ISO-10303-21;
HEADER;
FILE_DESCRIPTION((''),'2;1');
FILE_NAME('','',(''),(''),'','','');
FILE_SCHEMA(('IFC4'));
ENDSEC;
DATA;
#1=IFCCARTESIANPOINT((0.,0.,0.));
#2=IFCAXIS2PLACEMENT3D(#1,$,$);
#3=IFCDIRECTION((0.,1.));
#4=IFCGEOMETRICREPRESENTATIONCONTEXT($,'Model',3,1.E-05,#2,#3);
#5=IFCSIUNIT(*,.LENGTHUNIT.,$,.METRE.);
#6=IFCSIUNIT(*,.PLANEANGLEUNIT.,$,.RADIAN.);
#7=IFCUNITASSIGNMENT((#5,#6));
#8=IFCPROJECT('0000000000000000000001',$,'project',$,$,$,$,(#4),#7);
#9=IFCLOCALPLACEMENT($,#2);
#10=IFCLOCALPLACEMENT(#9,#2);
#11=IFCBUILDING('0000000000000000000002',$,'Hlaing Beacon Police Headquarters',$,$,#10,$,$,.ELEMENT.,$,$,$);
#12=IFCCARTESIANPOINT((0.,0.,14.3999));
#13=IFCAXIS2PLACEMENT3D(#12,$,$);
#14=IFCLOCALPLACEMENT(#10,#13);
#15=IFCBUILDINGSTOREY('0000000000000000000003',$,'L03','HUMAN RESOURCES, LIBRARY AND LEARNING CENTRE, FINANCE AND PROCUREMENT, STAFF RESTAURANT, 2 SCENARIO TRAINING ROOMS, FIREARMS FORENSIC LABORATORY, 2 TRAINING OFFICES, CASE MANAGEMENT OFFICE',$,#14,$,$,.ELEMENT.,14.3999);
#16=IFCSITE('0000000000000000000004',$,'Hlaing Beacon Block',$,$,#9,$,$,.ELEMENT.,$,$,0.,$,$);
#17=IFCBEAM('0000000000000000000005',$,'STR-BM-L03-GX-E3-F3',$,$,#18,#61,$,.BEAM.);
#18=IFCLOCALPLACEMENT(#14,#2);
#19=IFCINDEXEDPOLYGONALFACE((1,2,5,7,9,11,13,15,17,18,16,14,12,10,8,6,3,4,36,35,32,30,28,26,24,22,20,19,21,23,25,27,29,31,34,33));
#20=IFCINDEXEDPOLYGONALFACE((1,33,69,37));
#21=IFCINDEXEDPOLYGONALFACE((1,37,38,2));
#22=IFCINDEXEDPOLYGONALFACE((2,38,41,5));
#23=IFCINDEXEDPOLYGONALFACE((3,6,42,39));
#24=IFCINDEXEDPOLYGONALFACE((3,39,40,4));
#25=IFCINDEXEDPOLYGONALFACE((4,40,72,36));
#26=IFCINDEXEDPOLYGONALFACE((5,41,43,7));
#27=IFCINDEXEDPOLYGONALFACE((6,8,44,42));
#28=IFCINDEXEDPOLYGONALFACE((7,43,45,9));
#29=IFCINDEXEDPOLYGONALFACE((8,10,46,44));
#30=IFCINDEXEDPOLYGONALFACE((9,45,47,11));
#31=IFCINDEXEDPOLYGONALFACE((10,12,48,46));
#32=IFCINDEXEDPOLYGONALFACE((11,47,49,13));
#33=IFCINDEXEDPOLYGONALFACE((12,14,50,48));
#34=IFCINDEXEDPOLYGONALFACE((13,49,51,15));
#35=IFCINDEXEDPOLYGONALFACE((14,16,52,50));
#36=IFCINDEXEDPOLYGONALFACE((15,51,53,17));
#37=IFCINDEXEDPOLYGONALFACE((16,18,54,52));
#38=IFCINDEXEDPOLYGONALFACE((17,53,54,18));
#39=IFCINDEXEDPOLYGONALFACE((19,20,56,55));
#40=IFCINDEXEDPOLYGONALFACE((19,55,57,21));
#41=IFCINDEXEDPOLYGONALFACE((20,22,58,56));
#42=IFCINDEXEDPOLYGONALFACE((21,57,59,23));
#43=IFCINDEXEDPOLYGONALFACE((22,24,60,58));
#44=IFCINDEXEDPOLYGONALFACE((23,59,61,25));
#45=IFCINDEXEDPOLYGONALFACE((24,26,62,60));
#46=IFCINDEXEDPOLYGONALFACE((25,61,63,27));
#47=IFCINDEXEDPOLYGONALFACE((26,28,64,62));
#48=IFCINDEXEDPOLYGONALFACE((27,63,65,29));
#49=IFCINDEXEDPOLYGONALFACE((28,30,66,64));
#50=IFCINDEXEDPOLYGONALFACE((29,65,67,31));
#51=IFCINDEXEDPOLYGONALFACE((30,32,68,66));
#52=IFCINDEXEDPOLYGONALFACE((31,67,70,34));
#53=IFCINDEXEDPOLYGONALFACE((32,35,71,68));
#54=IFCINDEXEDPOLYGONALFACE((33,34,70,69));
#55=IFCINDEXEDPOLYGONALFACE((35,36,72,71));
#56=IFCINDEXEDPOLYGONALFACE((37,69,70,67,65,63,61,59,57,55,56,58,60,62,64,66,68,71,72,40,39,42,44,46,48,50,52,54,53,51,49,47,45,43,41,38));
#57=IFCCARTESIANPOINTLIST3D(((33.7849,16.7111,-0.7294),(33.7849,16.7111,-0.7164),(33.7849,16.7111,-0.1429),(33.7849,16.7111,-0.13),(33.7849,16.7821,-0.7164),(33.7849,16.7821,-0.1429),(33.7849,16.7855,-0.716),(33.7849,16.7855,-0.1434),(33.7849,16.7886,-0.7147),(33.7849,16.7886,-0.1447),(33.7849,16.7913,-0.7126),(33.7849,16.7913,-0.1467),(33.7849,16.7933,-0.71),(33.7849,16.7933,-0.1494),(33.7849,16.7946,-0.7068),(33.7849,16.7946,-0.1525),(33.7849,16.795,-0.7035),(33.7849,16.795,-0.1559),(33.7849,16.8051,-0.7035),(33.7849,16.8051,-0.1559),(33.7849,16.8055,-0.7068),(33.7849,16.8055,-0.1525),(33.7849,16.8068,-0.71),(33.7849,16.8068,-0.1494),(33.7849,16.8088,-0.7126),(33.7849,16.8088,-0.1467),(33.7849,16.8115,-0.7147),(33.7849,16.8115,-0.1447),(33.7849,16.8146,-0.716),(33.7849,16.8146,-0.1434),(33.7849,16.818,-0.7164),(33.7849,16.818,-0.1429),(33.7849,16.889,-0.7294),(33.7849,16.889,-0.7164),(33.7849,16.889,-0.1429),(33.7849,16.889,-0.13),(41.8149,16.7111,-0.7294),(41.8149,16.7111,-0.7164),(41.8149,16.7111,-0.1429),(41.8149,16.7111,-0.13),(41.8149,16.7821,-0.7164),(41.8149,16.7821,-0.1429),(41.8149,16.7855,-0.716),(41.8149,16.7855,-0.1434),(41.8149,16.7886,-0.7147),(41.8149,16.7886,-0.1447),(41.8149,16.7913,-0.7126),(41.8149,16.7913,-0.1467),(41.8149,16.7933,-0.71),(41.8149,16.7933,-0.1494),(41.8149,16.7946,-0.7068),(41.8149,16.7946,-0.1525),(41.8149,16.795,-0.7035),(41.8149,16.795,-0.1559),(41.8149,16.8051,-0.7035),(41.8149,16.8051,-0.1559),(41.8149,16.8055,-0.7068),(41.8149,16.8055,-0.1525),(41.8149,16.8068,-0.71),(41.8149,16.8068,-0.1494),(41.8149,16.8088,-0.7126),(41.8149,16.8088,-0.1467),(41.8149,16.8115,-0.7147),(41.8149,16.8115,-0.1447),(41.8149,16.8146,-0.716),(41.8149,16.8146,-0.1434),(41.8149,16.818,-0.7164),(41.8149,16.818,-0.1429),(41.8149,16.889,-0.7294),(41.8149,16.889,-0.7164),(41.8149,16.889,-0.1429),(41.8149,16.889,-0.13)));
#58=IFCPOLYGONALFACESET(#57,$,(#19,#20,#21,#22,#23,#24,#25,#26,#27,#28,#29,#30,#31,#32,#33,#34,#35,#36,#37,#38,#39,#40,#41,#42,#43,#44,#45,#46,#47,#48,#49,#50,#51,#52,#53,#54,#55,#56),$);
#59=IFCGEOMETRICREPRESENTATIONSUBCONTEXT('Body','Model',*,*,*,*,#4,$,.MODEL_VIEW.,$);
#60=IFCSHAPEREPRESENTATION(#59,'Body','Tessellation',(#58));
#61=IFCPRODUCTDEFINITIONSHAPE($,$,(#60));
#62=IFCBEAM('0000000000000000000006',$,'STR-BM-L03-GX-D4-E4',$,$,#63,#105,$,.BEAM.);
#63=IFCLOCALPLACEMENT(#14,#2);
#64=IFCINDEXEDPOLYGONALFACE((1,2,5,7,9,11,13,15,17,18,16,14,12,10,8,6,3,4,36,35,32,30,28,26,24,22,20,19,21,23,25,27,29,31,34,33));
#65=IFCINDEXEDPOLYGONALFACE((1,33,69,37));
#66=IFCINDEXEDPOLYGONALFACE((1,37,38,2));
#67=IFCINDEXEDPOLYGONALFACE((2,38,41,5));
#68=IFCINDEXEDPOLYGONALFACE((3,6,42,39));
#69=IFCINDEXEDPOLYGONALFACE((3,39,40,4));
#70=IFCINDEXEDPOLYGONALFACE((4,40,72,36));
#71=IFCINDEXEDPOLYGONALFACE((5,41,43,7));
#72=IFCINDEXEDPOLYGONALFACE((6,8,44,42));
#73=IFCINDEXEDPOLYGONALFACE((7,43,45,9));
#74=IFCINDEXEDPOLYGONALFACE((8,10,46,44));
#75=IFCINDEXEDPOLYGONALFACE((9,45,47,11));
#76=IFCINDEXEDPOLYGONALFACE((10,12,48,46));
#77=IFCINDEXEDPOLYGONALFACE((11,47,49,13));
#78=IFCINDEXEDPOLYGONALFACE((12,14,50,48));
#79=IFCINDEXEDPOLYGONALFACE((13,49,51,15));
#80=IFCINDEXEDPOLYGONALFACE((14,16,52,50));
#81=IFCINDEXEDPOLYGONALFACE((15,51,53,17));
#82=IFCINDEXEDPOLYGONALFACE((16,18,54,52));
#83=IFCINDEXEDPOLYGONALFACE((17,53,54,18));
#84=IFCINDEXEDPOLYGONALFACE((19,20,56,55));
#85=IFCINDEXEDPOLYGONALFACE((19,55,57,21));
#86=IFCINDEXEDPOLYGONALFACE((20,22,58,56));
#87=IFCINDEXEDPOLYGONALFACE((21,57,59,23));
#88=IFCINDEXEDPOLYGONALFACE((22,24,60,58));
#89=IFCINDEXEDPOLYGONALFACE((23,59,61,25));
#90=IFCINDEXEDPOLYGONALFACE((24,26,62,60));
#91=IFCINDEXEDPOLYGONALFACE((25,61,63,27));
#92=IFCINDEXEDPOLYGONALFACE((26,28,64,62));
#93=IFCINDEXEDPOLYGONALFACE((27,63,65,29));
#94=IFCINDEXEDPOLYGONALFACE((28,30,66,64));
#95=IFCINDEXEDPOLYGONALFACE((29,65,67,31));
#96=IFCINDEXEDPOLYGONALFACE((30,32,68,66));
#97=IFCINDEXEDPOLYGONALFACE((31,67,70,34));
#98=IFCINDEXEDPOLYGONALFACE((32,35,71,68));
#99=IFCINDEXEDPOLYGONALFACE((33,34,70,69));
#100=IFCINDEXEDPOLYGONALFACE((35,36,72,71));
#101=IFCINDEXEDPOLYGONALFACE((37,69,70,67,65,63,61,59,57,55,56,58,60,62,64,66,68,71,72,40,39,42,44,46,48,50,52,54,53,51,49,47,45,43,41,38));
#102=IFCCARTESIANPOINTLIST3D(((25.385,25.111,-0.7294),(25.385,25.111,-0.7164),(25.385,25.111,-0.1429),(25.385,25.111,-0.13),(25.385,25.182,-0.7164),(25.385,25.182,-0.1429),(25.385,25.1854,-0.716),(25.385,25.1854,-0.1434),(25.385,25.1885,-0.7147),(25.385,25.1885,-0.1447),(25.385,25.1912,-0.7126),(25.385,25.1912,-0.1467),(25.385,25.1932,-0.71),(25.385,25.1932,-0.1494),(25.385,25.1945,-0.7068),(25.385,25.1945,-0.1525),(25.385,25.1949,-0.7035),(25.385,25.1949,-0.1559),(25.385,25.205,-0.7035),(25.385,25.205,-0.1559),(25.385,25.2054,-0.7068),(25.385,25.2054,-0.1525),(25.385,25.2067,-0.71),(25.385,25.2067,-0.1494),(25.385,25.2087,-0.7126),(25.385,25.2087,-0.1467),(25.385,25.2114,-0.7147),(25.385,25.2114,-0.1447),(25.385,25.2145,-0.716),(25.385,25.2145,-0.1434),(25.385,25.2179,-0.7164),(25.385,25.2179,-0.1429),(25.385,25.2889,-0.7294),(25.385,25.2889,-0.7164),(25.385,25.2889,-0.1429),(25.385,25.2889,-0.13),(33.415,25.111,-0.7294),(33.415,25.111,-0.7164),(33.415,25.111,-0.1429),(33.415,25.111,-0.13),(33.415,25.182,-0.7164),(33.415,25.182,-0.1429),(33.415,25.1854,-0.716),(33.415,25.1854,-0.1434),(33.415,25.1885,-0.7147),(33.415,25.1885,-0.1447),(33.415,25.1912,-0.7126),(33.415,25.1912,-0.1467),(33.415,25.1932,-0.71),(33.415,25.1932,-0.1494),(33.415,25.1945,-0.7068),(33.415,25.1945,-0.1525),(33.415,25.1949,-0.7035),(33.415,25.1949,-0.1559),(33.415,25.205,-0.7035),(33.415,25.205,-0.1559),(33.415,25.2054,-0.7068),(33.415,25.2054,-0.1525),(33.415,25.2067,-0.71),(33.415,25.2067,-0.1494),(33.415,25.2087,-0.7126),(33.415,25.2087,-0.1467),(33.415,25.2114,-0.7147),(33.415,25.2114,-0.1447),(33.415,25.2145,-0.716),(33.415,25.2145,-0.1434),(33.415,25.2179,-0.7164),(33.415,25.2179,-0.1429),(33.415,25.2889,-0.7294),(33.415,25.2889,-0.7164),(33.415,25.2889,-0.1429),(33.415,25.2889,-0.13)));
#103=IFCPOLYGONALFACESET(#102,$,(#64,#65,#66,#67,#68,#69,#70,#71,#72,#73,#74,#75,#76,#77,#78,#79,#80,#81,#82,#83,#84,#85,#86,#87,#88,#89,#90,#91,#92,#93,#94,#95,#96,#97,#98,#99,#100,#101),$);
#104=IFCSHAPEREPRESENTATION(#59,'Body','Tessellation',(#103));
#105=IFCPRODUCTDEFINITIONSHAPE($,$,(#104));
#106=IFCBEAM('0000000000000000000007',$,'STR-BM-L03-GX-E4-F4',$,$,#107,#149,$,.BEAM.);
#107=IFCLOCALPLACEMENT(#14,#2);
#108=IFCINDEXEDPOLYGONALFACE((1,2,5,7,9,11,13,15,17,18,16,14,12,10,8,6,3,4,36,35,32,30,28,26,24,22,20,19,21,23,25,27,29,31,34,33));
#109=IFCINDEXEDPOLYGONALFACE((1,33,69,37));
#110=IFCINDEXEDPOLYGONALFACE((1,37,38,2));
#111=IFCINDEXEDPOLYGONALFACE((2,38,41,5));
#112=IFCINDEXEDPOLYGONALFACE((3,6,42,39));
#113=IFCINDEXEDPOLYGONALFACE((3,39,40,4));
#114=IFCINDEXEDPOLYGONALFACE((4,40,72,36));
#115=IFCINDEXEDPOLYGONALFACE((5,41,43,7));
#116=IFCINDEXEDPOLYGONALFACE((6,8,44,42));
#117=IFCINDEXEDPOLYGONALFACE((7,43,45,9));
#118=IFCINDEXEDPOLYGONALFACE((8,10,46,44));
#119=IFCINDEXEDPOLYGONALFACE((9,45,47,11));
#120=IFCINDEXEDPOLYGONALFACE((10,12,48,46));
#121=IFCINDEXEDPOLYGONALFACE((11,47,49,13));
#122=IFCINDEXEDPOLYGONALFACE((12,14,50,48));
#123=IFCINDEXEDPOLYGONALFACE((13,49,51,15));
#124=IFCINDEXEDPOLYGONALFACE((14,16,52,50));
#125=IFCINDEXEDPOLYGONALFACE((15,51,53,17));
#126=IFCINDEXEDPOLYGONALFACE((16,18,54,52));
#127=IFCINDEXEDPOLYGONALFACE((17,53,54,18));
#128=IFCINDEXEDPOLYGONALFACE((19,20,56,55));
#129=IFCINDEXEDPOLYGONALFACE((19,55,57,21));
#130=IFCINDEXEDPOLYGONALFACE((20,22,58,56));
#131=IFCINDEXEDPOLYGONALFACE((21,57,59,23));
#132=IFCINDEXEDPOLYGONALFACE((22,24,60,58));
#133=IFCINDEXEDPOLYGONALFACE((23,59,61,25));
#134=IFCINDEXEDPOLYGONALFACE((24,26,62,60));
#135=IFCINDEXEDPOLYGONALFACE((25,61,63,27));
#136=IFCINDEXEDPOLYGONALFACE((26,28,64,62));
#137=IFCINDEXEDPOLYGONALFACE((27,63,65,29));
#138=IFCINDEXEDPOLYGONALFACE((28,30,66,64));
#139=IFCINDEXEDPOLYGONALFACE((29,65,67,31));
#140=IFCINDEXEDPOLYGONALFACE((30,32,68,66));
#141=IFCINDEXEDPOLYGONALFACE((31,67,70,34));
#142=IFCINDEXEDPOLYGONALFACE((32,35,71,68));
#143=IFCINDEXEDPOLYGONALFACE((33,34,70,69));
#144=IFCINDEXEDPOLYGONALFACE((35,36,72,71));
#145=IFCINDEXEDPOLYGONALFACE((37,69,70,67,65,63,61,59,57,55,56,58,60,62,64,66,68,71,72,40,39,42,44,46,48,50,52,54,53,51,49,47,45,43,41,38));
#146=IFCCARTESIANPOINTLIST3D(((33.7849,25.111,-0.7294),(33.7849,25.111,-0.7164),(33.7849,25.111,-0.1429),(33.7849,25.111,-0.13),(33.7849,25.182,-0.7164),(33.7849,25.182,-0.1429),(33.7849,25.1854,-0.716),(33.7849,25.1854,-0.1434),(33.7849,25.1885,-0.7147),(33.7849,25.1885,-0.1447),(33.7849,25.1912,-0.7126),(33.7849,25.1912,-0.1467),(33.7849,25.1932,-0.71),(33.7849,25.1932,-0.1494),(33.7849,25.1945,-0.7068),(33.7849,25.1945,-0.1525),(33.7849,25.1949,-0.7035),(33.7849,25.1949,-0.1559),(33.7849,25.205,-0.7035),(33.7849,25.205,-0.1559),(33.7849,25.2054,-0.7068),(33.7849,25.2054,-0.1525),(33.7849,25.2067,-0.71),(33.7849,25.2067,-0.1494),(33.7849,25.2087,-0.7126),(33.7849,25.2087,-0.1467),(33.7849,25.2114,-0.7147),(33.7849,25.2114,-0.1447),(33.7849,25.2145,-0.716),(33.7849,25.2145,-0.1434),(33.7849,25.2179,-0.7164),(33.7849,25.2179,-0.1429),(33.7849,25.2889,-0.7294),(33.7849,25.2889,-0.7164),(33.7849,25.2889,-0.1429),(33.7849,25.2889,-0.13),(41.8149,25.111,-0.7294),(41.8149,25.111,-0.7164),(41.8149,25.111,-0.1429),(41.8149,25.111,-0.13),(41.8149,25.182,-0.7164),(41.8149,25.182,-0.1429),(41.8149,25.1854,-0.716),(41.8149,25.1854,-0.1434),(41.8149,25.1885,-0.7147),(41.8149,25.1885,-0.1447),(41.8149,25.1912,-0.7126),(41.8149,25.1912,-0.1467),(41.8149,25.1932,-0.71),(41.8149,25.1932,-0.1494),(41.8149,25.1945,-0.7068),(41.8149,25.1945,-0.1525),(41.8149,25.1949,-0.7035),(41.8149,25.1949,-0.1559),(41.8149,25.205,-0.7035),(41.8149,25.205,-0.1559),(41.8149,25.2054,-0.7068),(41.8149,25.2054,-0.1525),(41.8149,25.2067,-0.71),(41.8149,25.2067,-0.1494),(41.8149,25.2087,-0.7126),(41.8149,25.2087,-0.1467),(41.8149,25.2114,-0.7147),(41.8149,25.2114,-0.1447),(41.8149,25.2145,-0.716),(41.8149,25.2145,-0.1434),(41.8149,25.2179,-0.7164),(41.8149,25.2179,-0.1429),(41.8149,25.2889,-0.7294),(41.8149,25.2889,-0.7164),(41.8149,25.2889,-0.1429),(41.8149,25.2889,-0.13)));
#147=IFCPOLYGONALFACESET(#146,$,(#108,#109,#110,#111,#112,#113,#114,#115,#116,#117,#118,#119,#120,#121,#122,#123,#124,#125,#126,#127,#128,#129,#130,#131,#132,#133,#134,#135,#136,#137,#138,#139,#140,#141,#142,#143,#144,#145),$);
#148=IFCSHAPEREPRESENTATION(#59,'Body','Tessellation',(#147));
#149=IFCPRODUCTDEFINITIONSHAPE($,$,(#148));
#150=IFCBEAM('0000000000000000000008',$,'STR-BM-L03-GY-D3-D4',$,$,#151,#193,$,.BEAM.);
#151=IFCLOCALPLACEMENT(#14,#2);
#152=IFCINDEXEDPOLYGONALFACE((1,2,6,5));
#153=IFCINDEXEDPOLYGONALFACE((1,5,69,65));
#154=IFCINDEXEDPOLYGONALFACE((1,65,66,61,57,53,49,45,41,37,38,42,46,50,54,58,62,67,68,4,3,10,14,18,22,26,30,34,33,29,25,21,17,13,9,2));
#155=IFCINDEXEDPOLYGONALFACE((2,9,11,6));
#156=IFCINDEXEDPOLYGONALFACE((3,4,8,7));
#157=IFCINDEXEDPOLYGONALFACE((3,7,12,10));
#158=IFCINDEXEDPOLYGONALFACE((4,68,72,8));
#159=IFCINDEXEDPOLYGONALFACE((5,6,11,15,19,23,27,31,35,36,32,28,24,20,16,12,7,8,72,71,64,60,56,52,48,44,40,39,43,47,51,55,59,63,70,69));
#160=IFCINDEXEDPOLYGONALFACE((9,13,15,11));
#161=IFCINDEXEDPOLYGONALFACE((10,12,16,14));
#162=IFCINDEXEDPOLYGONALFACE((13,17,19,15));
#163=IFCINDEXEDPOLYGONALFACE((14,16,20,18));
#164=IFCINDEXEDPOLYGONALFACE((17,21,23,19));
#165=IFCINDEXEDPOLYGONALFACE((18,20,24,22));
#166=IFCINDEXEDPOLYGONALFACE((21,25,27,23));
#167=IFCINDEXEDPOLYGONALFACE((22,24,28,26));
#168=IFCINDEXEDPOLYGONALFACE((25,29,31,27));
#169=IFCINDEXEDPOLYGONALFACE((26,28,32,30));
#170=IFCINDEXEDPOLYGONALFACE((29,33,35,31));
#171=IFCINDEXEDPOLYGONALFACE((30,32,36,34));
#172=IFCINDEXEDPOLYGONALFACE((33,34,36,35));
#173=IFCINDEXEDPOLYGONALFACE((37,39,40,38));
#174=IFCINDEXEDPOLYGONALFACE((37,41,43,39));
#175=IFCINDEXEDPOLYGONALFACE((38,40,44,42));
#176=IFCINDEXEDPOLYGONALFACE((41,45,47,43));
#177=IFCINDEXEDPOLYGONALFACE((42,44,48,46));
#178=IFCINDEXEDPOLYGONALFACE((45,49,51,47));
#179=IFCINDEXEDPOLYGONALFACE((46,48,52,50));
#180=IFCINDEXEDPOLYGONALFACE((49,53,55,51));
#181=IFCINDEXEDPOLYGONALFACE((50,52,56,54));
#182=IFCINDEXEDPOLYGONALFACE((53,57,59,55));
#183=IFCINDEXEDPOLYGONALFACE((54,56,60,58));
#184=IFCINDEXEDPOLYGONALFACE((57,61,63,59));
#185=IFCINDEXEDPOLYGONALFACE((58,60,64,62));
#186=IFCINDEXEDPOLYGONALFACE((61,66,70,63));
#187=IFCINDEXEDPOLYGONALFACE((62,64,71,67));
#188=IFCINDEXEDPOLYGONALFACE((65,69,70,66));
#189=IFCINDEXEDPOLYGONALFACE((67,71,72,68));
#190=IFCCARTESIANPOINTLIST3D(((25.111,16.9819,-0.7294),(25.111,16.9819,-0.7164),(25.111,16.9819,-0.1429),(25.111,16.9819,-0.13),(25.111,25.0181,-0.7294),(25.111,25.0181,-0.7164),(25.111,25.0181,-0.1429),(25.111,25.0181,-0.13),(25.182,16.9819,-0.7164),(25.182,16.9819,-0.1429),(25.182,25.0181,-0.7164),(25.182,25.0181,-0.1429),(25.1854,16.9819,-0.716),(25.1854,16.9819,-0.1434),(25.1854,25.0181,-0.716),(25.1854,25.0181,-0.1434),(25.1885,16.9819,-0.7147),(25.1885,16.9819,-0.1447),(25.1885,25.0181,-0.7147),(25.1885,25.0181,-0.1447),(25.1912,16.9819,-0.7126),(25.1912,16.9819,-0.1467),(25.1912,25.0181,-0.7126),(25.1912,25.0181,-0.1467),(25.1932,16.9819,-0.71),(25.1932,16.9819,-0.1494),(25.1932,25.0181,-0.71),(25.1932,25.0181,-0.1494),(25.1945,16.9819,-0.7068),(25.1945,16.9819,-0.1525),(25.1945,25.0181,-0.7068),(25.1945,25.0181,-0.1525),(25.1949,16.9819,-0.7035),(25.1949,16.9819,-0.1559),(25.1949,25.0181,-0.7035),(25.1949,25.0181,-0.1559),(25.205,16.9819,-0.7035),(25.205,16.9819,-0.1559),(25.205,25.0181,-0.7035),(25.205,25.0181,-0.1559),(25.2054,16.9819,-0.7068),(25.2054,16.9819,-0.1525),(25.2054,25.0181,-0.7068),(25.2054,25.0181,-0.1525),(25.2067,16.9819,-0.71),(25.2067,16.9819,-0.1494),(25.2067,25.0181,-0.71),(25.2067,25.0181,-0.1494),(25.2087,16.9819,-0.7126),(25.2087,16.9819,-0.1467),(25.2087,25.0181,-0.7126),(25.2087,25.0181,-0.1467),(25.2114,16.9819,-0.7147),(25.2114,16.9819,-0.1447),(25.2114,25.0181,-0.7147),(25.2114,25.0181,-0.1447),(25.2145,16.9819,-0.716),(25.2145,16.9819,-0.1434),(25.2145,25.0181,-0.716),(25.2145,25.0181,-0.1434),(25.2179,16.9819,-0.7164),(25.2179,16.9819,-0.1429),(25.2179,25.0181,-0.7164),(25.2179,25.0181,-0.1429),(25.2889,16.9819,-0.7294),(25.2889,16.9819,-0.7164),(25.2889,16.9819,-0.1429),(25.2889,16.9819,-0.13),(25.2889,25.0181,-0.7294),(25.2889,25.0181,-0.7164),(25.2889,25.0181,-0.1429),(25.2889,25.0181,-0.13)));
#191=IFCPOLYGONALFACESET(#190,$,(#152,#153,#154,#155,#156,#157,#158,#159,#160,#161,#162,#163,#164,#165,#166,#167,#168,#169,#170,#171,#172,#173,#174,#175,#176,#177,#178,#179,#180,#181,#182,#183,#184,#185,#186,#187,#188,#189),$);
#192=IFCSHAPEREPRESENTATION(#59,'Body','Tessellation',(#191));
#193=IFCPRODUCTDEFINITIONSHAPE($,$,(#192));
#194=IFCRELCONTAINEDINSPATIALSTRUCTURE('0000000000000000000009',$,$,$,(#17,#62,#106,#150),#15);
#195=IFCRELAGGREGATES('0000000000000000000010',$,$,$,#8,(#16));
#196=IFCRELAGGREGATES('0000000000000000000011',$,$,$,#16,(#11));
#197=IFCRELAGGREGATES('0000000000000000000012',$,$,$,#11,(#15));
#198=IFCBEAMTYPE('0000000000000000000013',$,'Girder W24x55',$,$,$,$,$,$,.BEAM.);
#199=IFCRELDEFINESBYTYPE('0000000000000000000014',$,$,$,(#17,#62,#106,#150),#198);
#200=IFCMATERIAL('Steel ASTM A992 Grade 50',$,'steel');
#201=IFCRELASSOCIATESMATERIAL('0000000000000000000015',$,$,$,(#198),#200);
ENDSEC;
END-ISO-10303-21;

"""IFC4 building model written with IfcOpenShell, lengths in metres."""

from ifc_helpers import new_model, si_unit, direction, frame, origin, origin_2d, place, context, subcontext, project, spatial, i_section, extrude, material, material_profile, profile_set, type_object, element, save


model = new_model("IFC4")

# Units and contexts
model_context = context("Model", 3, precision=1e-05, world=origin(), true_north=direction((0.0, 1.0)))
body_context = subcontext(model_context, "Body", "Model", "MODEL_VIEW")
ifc_project = project(units=[si_unit("LENGTHUNIT", "METRE"), si_unit("PLANEANGLEUNIT", "RADIAN")], contexts=[model_context])

# Site, building, storey
site_placement = place(None, origin())
site = spatial("IfcSite", under=ifc_project, at=site_placement, Name="Hlaing Beacon Block", CompositionType="ELEMENT", RefElevation=0.0)
building_placement = place(site_placement, origin())
building = spatial("IfcBuilding", under=site, at=building_placement, Name="Hlaing Beacon Police Headquarters", CompositionType="ELEMENT")
storey_placement = place(building_placement, frame((0.0, 0.0, 14.3999)))
storey = spatial("IfcBuildingStorey", under=building, at=storey_placement, Name="L03", Description="HUMAN RESOURCES, LIBRARY AND LEARNING CENTRE, FINANCE AND PROCUREMENT, STAFF RESTAURANT, 2 SCENARIO TRAINING ROOMS, FIREARMS FORENSIC LABORATORY, 2 TRAINING OFFICES, CASE MANAGEMENT OFFICE", CompositionType="ELEMENT", Elevation=14.3999)

# Beams
ifc_material_1 = material(Name="Steel ASTM A992 Grade 50", Category="steel")
ifc_material_profile_1 = material_profile(ifc_material_1, i_section(OverallWidth=0.178, OverallDepth=0.5994, WebThickness=0.01, FlangeThickness=0.0129, FilletRadius=0.0129, at=origin_2d()), Name="W24x55")
ifc_profile_set_1 = profile_set([ifc_material_profile_1], Name="Steel ASTM A992 Grade 50")
beam_type_1 = type_object("IfcBeamType", Name="Girder W24x55", PredefinedType="BEAM", material=ifc_profile_set_1)
for number, where, z_axis, x_axis, name in (
    (1, (33.7849, 16.8, -0.4297), (1.0, 0.0, 0.0), (0.0, 1.0, 0.0), "STR-BM-L03-GX-E3-F3"),
    (2, (25.385, 25.2, -0.4297), (1.0, 0.0, 0.0), (0.0, 1.0, 0.0), "STR-BM-L03-GX-D4-E4"),
    (3, (33.7849, 25.2, -0.4297), (1.0, 0.0, 0.0), (0.0, 1.0, 0.0), "STR-BM-L03-GX-E4-F4"),
):
    element("IfcBeam", number, at=place(storey_placement, frame(where, z_axis=z_axis, x_axis=x_axis)), inside=storey, type_object=beam_type_1, Name=name, PredefinedType="BEAM", context=body_context, shape_type="SweptSolid", body=[
        extrude(i_section(OverallWidth=0.178, OverallDepth=0.5994, WebThickness=0.01, FlangeThickness=0.0129, FilletRadius=0.0129, at=origin_2d()), origin(), (0.0, 0.0, 1.0), 8.03),
    ])
beam_1_placement = place(storey_placement, frame((25.2, 16.9819, -0.4297), z_axis=(0.0, 1.0, 0.0), x_axis=(-1.0, 0.0, 0.0)))
element("IfcBeam", 4, at=beam_1_placement, inside=storey, type_object=beam_type_1, Name="STR-BM-L03-GY-D3-D4", PredefinedType="BEAM", context=body_context, shape_type="SweptSolid", body=[
    extrude(i_section(OverallWidth=0.178, OverallDepth=0.5994, WebThickness=0.01, FlangeThickness=0.0129, FilletRadius=0.0129, at=origin_2d()), origin(), (0.0, 0.0, 1.0), 8.0361),
])

save(model, "model.ifc")
